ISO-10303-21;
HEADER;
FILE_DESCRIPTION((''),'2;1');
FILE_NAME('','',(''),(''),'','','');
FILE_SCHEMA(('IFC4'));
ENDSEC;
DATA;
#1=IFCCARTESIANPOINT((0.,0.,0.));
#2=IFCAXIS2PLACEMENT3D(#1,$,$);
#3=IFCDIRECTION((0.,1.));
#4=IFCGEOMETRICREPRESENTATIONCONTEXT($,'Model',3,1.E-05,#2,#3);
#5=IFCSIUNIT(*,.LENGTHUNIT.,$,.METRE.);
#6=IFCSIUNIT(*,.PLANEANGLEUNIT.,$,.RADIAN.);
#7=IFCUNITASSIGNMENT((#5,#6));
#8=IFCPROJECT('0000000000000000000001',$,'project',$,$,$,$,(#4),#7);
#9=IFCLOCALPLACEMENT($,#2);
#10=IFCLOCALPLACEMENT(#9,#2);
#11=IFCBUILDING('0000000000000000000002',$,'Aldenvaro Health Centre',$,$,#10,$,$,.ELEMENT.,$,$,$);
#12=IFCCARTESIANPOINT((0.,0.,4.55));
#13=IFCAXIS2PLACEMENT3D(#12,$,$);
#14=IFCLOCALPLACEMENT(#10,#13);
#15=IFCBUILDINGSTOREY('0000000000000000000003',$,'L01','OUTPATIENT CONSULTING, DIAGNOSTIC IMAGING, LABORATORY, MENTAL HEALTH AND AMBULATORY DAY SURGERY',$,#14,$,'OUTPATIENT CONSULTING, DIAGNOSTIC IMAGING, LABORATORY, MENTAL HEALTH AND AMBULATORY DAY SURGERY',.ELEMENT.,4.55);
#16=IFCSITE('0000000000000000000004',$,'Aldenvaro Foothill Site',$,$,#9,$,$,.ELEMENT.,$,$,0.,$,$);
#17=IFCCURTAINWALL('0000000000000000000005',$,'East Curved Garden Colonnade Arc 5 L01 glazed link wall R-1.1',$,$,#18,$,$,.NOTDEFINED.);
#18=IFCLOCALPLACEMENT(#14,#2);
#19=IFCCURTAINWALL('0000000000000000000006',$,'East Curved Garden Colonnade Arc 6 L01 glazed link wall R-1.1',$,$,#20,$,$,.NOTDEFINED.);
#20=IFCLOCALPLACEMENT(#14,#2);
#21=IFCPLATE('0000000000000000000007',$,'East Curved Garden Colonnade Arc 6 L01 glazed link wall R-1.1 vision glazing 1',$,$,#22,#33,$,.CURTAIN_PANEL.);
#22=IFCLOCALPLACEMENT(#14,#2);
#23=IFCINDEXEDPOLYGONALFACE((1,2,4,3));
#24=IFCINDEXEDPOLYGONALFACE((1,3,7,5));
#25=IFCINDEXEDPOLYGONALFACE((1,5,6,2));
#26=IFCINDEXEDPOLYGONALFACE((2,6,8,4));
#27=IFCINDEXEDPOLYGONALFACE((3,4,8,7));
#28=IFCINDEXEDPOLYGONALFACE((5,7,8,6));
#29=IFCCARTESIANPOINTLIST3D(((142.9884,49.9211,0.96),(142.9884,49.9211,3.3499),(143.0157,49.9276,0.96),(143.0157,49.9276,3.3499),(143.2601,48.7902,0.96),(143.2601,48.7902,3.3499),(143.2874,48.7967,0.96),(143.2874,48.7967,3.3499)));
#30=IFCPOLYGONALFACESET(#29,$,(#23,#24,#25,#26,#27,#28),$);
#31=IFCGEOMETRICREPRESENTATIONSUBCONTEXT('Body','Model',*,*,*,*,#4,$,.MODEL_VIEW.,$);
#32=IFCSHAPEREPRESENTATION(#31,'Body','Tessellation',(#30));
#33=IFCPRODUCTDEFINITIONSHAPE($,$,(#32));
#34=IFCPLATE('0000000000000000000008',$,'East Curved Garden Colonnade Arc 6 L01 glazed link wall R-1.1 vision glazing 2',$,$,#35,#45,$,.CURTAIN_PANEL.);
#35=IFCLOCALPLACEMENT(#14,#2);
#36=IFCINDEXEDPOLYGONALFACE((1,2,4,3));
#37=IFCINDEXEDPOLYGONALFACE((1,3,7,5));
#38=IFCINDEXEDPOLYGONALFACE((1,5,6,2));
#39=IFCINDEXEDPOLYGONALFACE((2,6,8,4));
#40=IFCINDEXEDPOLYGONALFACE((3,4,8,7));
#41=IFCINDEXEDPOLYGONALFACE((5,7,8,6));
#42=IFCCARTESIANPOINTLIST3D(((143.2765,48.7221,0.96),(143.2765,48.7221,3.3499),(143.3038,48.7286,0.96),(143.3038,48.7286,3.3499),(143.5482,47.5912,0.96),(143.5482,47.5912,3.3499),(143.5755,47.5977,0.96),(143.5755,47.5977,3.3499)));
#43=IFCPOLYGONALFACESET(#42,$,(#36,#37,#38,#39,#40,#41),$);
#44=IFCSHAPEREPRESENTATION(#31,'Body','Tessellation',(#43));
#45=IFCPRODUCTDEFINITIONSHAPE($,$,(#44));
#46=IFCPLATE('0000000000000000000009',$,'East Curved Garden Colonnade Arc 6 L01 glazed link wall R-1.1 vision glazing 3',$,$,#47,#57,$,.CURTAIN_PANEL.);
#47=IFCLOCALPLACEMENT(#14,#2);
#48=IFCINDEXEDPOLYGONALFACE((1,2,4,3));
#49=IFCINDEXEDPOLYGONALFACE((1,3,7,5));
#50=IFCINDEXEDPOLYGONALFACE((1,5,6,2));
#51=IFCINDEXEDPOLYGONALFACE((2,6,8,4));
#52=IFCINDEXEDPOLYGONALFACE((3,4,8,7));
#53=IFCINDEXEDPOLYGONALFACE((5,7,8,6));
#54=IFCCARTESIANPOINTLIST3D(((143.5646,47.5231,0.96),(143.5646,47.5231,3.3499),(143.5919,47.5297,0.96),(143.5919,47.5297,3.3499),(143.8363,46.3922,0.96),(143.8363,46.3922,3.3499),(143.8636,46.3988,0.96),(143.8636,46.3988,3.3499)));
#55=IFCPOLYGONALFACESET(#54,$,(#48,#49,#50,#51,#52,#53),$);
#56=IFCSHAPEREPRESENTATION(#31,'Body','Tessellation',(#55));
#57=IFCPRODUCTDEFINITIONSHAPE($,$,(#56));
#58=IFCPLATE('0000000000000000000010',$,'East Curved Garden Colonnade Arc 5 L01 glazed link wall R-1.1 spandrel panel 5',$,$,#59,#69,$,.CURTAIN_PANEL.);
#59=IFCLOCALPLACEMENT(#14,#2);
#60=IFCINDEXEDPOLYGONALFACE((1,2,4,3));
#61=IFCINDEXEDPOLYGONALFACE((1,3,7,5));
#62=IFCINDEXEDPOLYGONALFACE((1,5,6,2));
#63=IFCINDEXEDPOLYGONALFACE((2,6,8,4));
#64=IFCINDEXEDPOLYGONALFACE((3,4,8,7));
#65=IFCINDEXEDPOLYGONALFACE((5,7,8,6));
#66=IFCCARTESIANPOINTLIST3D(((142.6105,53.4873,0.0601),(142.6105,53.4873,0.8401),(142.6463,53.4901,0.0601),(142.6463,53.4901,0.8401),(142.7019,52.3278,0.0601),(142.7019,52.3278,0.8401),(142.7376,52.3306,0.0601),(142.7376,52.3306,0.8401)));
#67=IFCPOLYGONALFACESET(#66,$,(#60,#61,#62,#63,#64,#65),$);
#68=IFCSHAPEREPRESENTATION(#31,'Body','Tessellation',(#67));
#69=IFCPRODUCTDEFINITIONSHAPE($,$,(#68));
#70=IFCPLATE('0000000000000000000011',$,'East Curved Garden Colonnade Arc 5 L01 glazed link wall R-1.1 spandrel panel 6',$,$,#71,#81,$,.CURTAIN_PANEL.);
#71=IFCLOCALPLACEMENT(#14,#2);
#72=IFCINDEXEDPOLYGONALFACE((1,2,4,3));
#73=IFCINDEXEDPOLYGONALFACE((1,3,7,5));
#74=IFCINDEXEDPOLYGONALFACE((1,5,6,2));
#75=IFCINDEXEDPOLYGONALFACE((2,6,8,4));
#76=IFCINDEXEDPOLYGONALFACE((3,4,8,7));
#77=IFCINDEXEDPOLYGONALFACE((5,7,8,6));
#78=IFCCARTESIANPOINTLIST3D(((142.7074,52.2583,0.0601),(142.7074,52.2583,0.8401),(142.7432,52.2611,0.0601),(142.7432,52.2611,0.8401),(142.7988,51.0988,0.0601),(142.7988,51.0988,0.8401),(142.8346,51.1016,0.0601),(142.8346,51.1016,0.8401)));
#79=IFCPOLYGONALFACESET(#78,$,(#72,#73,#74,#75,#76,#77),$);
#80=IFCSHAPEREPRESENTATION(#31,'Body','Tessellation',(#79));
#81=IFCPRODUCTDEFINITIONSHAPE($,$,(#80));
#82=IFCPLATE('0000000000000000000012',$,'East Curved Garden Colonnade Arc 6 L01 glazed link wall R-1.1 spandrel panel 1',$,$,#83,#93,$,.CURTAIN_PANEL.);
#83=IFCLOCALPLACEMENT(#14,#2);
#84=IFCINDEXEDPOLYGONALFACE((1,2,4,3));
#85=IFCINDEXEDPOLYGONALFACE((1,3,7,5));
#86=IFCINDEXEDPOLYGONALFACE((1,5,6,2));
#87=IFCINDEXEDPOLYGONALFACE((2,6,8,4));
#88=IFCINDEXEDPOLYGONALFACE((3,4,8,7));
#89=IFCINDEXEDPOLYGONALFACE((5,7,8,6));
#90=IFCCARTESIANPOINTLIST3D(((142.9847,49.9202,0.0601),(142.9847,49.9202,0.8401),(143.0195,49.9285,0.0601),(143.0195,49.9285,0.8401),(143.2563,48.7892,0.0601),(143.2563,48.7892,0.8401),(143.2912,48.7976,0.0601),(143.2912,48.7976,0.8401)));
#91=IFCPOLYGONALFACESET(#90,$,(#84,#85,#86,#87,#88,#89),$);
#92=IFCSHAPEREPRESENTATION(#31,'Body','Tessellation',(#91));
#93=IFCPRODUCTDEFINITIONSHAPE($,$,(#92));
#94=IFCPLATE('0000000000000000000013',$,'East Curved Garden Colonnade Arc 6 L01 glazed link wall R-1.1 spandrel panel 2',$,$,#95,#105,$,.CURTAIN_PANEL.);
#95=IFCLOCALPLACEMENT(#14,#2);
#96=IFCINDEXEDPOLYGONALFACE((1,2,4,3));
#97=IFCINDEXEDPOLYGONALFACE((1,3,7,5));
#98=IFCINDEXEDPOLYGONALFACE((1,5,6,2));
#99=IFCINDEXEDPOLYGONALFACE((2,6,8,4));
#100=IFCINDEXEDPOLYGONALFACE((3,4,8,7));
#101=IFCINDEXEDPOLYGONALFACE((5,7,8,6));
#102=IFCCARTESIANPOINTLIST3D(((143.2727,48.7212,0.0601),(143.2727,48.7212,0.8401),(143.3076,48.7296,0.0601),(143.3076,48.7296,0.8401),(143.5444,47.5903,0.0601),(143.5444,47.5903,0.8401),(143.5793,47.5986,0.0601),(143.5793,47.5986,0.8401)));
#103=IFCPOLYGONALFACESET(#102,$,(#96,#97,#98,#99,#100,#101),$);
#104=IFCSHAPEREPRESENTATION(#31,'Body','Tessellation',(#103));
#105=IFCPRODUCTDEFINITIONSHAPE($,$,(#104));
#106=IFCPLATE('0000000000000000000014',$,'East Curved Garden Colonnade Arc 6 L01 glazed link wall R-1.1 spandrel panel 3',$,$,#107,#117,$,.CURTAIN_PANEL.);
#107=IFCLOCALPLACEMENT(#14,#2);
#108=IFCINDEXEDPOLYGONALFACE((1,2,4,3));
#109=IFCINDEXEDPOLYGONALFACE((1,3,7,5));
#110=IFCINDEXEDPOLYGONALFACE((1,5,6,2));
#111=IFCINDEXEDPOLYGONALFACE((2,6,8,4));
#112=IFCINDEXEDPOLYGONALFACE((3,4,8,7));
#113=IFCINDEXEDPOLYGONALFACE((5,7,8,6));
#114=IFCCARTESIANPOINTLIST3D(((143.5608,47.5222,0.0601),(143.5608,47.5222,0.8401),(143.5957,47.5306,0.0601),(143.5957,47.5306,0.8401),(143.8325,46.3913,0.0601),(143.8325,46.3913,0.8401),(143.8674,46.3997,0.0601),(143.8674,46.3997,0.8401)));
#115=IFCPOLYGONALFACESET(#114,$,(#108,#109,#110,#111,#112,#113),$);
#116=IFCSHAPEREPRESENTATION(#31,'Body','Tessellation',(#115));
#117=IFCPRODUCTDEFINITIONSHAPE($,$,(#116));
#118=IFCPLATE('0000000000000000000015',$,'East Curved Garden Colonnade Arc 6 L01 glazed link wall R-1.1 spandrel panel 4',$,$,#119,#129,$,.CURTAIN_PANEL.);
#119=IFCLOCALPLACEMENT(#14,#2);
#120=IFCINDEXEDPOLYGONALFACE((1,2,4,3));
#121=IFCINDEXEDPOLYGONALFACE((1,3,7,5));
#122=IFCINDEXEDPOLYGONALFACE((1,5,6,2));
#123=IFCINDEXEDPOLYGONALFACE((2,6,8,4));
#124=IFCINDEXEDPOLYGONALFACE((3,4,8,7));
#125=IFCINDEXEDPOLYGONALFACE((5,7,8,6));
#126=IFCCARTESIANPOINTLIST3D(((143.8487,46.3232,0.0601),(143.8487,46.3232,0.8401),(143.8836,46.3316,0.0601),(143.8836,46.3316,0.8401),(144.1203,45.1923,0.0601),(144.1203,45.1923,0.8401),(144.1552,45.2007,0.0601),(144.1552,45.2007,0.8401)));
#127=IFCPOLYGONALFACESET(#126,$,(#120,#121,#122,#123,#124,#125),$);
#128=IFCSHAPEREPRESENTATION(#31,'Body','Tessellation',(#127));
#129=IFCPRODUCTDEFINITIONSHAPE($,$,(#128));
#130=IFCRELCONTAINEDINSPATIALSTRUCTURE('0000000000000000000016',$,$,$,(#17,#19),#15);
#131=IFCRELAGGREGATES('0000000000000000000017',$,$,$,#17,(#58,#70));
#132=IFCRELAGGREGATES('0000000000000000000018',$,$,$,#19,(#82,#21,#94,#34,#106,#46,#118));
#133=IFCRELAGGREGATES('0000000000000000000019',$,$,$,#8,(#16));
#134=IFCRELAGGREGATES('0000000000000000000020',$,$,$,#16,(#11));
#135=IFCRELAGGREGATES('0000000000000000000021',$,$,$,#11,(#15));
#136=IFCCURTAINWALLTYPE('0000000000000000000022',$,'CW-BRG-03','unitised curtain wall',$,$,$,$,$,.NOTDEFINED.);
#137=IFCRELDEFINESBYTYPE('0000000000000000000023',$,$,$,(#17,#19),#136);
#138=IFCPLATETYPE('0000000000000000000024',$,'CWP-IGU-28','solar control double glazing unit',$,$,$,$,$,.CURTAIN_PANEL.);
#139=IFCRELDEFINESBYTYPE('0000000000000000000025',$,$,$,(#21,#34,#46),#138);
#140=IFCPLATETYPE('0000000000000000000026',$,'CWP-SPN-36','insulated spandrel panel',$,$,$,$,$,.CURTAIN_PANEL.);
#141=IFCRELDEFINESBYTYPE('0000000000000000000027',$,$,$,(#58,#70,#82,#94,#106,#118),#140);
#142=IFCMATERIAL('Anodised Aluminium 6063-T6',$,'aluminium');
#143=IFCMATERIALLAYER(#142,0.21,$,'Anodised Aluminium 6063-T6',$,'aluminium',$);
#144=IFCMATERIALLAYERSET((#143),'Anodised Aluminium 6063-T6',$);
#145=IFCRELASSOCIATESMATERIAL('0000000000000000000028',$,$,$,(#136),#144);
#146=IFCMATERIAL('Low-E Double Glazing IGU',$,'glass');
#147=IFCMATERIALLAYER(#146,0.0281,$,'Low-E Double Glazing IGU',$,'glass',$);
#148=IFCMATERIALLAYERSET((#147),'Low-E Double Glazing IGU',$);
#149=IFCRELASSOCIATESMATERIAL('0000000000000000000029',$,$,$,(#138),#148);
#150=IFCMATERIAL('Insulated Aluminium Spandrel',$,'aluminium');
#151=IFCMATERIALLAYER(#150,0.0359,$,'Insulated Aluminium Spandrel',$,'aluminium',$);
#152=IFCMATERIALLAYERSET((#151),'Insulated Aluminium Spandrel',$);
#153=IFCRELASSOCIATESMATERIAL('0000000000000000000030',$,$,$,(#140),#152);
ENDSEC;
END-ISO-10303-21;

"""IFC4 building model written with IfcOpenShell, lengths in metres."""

from ifc_helpers import new_model, si_unit, direction, frame, origin, origin_2d, place, context, subcontext, project, spatial, rectangle, extrude, material, layer, layer_set, type_object, element, aggregate, save


model = new_model("IFC4")

# Units and contexts
model_context = context("Model", 3, precision=1e-05, world=origin(), true_north=direction((0.0, 1.0)))
body_context = subcontext(model_context, "Body", "Model", "MODEL_VIEW")
ifc_project = project(units=[si_unit("LENGTHUNIT", "METRE"), si_unit("PLANEANGLEUNIT", "RADIAN")], contexts=[model_context])

# Site, building, storey
site_placement = place(None, origin())
site = spatial("IfcSite", under=ifc_project, at=site_placement, Name="Aldenvaro Foothill Site", CompositionType="ELEMENT", RefElevation=0.0)
building_placement = place(site_placement, origin())
building = spatial("IfcBuilding", under=site, at=building_placement, Name="Aldenvaro Health Centre", CompositionType="ELEMENT")
storey_placement = place(building_placement, frame((0.0, 0.0, 4.55)))
storey = spatial("IfcBuildingStorey", under=building, at=storey_placement, Name="L01", Description="OUTPATIENT CONSULTING, DIAGNOSTIC IMAGING, LABORATORY, MENTAL HEALTH AND AMBULATORY DAY SURGERY", LongName="OUTPATIENT CONSULTING, DIAGNOSTIC IMAGING, LABORATORY, MENTAL HEALTH AND AMBULATORY DAY SURGERY", CompositionType="ELEMENT", Elevation=4.55)

# Curtain walls
ifc_material_1 = material(Name="Anodised Aluminium 6063-T6", Category="aluminium")
ifc_layer_1 = layer(ifc_material_1, 0.21, Name="Anodised Aluminium 6063-T6", Category="aluminium")
ifc_layer_set_1 = layer_set([ifc_layer_1], Name="Anodised Aluminium 6063-T6")
curtain_wall_type = type_object("IfcCurtainWallType", Name="CW-BRG-03", Description="unitised curtain wall", PredefinedType="NOTDEFINED", material=ifc_layer_set_1)
curtain_wall_1_placement = place(storey_placement, origin())
curtain_wall_1 = element("IfcCurtainWall", 1, at=curtain_wall_1_placement, inside=storey, type_object=curtain_wall_type, Name="East Curved Garden Colonnade Arc 5 L01 glazed link wall R-1.1", PredefinedType="NOTDEFINED")
curtain_wall_2_placement = place(storey_placement, origin())
curtain_wall_2 = element("IfcCurtainWall", 2, at=curtain_wall_2_placement, inside=storey, type_object=curtain_wall_type, Name="East Curved Garden Colonnade Arc 6 L01 glazed link wall R-1.1", PredefinedType="NOTDEFINED")

# Plates
ifc_material_2 = material(Name="Low-E Double Glazing IGU", Category="glass")
ifc_layer_2 = layer(ifc_material_2, 0.0281, Name="Low-E Double Glazing IGU", Category="glass")
ifc_layer_set_2 = layer_set([ifc_layer_2], Name="Low-E Double Glazing IGU")
plate_type_1 = type_object("IfcPlateType", Name="CWP-IGU-28", Description="solar control double glazing unit", PredefinedType="CURTAIN_PANEL", material=ifc_layer_set_2)
plate_1_placement = place(storey_placement, frame((143.1379, 49.3589, 0.96), z_axis=(0.0, 0.0, 1.0), x_axis=(0.233588, -0.972336, 0.0)))
plate_1 = element("IfcPlate", 3, at=plate_1_placement, type_object=plate_type_1, Name="East Curved Garden Colonnade Arc 6 L01 glazed link wall R-1.1 vision glazing 1", PredefinedType="CURTAIN_PANEL", context=body_context, shape_type="SweptSolid", body=[
    extrude(rectangle(XDim=1.1631, YDim=0.0281, at=origin_2d()), origin(), (0.0, 0.0, 1.0), 2.3899),
])
plate_2_placement = place(storey_placement, frame((143.426, 48.1599, 0.96), z_axis=(0.0, 0.0, 1.0), x_axis=(0.233588, -0.972336, 0.0)))
plate_2 = element("IfcPlate", 4, at=plate_2_placement, type_object=plate_type_1, Name="East Curved Garden Colonnade Arc 6 L01 glazed link wall R-1.1 vision glazing 2", PredefinedType="CURTAIN_PANEL", context=body_context, shape_type="SweptSolid", body=[
    extrude(rectangle(XDim=1.1631, YDim=0.0281, at=origin_2d()), origin(), (0.0, 0.0, 1.0), 2.3899),
])
plate_3_placement = place(storey_placement, frame((143.7141, 46.9609, 0.96), z_axis=(0.0, 0.0, 1.0), x_axis=(0.233588, -0.972336, 0.0)))
plate_3 = element("IfcPlate", 5, at=plate_3_placement, type_object=plate_type_1, Name="East Curved Garden Colonnade Arc 6 L01 glazed link wall R-1.1 vision glazing 3", PredefinedType="CURTAIN_PANEL", context=body_context, shape_type="SweptSolid", body=[
    extrude(rectangle(XDim=1.1631, YDim=0.0281, at=origin_2d()), origin(), (0.0, 0.0, 1.0), 2.3899),
])
ifc_material_3 = material(Name="Insulated Aluminium Spandrel", Category="aluminium")
ifc_layer_3 = layer(ifc_material_3, 0.0359, Name="Insulated Aluminium Spandrel", Category="aluminium")
ifc_layer_set_3 = layer_set([ifc_layer_3], Name="Insulated Aluminium Spandrel")
plate_type_2 = type_object("IfcPlateType", Name="CWP-SPN-36", Description="insulated spandrel panel", PredefinedType="CURTAIN_PANEL", material=ifc_layer_set_3)
plate_4_placement = place(storey_placement, frame((142.6741, 52.9089, 0.0601), z_axis=(0.0, 0.0, 1.0), x_axis=(0.078536, -0.996911, 0.0)))
plate_4 = element("IfcPlate", 6, at=plate_4_placement, type_object=plate_type_2, Name="East Curved Garden Colonnade Arc 5 L01 glazed link wall R-1.1 spandrel panel 5", PredefinedType="CURTAIN_PANEL", context=body_context, shape_type="SweptSolid", body=[
    extrude(rectangle(XDim=1.1631, YDim=0.0359, at=origin_2d()), origin(), (0.0, 0.0, 1.0), 0.78),
])
plate_5_placement = place(storey_placement, frame((142.771, 51.6799, 0.0601), z_axis=(0.0, 0.0, 1.0), x_axis=(0.078536, -0.996911, 0.0)))
plate_5 = element("IfcPlate", 7, at=plate_5_placement, type_object=plate_type_2, Name="East Curved Garden Colonnade Arc 5 L01 glazed link wall R-1.1 spandrel panel 6", PredefinedType="CURTAIN_PANEL", context=body_context, shape_type="SweptSolid", body=[
    extrude(rectangle(XDim=1.1631, YDim=0.0359, at=origin_2d()), origin(), (0.0, 0.0, 1.0), 0.78),
])
aggregate(curtain_wall_1, [plate_4, plate_5])
plate_6_placement = place(storey_placement, frame((143.1379, 49.3589, 0.0601), z_axis=(0.0, 0.0, 1.0), x_axis=(0.233588, -0.972336, 0.0)))
plate_6 = element("IfcPlate", 8, at=plate_6_placement, type_object=plate_type_2, Name="East Curved Garden Colonnade Arc 6 L01 glazed link wall R-1.1 spandrel panel 1", PredefinedType="CURTAIN_PANEL", context=body_context, shape_type="SweptSolid", body=[
    extrude(rectangle(XDim=1.1631, YDim=0.0359, at=origin_2d()), origin(), (0.0, 0.0, 1.0), 0.78),
])
plate_7_placement = place(storey_placement, frame((143.426, 48.1599, 0.0601), z_axis=(0.0, 0.0, 1.0), x_axis=(0.233588, -0.972336, 0.0)))
plate_7 = element("IfcPlate", 9, at=plate_7_placement, type_object=plate_type_2, Name="East Curved Garden Colonnade Arc 6 L01 glazed link wall R-1.1 spandrel panel 2", PredefinedType="CURTAIN_PANEL", context=body_context, shape_type="SweptSolid", body=[
    extrude(rectangle(XDim=1.1631, YDim=0.0359, at=origin_2d()), origin(), (0.0, 0.0, 1.0), 0.78),
])
plate_8_placement = place(storey_placement, frame((143.7141, 46.9609, 0.0601), z_axis=(0.0, 0.0, 1.0), x_axis=(0.233588, -0.972336, 0.0)))
plate_8 = element("IfcPlate", 10, at=plate_8_placement, type_object=plate_type_2, Name="East Curved Garden Colonnade Arc 6 L01 glazed link wall R-1.1 spandrel panel 3", PredefinedType="CURTAIN_PANEL", context=body_context, shape_type="SweptSolid", body=[
    extrude(rectangle(XDim=1.1631, YDim=0.0359, at=origin_2d()), origin(), (0.0, 0.0, 1.0), 0.78),
])
plate_9_placement = place(storey_placement, frame((144.002, 45.762, 0.0601), z_axis=(0.0, 0.0, 1.0), x_axis=(0.233588, -0.972336, 0.0)))
plate_9 = element("IfcPlate", 11, at=plate_9_placement, type_object=plate_type_2, Name="East Curved Garden Colonnade Arc 6 L01 glazed link wall R-1.1 spandrel panel 4", PredefinedType="CURTAIN_PANEL", context=body_context, shape_type="SweptSolid", body=[
    extrude(rectangle(XDim=1.1631, YDim=0.0359, at=origin_2d()), origin(), (0.0, 0.0, 1.0), 0.78),
])
aggregate(curtain_wall_2, [plate_6, plate_1, plate_7, plate_2, plate_8, plate_3, plate_9])

save(model, "model.ifc")
